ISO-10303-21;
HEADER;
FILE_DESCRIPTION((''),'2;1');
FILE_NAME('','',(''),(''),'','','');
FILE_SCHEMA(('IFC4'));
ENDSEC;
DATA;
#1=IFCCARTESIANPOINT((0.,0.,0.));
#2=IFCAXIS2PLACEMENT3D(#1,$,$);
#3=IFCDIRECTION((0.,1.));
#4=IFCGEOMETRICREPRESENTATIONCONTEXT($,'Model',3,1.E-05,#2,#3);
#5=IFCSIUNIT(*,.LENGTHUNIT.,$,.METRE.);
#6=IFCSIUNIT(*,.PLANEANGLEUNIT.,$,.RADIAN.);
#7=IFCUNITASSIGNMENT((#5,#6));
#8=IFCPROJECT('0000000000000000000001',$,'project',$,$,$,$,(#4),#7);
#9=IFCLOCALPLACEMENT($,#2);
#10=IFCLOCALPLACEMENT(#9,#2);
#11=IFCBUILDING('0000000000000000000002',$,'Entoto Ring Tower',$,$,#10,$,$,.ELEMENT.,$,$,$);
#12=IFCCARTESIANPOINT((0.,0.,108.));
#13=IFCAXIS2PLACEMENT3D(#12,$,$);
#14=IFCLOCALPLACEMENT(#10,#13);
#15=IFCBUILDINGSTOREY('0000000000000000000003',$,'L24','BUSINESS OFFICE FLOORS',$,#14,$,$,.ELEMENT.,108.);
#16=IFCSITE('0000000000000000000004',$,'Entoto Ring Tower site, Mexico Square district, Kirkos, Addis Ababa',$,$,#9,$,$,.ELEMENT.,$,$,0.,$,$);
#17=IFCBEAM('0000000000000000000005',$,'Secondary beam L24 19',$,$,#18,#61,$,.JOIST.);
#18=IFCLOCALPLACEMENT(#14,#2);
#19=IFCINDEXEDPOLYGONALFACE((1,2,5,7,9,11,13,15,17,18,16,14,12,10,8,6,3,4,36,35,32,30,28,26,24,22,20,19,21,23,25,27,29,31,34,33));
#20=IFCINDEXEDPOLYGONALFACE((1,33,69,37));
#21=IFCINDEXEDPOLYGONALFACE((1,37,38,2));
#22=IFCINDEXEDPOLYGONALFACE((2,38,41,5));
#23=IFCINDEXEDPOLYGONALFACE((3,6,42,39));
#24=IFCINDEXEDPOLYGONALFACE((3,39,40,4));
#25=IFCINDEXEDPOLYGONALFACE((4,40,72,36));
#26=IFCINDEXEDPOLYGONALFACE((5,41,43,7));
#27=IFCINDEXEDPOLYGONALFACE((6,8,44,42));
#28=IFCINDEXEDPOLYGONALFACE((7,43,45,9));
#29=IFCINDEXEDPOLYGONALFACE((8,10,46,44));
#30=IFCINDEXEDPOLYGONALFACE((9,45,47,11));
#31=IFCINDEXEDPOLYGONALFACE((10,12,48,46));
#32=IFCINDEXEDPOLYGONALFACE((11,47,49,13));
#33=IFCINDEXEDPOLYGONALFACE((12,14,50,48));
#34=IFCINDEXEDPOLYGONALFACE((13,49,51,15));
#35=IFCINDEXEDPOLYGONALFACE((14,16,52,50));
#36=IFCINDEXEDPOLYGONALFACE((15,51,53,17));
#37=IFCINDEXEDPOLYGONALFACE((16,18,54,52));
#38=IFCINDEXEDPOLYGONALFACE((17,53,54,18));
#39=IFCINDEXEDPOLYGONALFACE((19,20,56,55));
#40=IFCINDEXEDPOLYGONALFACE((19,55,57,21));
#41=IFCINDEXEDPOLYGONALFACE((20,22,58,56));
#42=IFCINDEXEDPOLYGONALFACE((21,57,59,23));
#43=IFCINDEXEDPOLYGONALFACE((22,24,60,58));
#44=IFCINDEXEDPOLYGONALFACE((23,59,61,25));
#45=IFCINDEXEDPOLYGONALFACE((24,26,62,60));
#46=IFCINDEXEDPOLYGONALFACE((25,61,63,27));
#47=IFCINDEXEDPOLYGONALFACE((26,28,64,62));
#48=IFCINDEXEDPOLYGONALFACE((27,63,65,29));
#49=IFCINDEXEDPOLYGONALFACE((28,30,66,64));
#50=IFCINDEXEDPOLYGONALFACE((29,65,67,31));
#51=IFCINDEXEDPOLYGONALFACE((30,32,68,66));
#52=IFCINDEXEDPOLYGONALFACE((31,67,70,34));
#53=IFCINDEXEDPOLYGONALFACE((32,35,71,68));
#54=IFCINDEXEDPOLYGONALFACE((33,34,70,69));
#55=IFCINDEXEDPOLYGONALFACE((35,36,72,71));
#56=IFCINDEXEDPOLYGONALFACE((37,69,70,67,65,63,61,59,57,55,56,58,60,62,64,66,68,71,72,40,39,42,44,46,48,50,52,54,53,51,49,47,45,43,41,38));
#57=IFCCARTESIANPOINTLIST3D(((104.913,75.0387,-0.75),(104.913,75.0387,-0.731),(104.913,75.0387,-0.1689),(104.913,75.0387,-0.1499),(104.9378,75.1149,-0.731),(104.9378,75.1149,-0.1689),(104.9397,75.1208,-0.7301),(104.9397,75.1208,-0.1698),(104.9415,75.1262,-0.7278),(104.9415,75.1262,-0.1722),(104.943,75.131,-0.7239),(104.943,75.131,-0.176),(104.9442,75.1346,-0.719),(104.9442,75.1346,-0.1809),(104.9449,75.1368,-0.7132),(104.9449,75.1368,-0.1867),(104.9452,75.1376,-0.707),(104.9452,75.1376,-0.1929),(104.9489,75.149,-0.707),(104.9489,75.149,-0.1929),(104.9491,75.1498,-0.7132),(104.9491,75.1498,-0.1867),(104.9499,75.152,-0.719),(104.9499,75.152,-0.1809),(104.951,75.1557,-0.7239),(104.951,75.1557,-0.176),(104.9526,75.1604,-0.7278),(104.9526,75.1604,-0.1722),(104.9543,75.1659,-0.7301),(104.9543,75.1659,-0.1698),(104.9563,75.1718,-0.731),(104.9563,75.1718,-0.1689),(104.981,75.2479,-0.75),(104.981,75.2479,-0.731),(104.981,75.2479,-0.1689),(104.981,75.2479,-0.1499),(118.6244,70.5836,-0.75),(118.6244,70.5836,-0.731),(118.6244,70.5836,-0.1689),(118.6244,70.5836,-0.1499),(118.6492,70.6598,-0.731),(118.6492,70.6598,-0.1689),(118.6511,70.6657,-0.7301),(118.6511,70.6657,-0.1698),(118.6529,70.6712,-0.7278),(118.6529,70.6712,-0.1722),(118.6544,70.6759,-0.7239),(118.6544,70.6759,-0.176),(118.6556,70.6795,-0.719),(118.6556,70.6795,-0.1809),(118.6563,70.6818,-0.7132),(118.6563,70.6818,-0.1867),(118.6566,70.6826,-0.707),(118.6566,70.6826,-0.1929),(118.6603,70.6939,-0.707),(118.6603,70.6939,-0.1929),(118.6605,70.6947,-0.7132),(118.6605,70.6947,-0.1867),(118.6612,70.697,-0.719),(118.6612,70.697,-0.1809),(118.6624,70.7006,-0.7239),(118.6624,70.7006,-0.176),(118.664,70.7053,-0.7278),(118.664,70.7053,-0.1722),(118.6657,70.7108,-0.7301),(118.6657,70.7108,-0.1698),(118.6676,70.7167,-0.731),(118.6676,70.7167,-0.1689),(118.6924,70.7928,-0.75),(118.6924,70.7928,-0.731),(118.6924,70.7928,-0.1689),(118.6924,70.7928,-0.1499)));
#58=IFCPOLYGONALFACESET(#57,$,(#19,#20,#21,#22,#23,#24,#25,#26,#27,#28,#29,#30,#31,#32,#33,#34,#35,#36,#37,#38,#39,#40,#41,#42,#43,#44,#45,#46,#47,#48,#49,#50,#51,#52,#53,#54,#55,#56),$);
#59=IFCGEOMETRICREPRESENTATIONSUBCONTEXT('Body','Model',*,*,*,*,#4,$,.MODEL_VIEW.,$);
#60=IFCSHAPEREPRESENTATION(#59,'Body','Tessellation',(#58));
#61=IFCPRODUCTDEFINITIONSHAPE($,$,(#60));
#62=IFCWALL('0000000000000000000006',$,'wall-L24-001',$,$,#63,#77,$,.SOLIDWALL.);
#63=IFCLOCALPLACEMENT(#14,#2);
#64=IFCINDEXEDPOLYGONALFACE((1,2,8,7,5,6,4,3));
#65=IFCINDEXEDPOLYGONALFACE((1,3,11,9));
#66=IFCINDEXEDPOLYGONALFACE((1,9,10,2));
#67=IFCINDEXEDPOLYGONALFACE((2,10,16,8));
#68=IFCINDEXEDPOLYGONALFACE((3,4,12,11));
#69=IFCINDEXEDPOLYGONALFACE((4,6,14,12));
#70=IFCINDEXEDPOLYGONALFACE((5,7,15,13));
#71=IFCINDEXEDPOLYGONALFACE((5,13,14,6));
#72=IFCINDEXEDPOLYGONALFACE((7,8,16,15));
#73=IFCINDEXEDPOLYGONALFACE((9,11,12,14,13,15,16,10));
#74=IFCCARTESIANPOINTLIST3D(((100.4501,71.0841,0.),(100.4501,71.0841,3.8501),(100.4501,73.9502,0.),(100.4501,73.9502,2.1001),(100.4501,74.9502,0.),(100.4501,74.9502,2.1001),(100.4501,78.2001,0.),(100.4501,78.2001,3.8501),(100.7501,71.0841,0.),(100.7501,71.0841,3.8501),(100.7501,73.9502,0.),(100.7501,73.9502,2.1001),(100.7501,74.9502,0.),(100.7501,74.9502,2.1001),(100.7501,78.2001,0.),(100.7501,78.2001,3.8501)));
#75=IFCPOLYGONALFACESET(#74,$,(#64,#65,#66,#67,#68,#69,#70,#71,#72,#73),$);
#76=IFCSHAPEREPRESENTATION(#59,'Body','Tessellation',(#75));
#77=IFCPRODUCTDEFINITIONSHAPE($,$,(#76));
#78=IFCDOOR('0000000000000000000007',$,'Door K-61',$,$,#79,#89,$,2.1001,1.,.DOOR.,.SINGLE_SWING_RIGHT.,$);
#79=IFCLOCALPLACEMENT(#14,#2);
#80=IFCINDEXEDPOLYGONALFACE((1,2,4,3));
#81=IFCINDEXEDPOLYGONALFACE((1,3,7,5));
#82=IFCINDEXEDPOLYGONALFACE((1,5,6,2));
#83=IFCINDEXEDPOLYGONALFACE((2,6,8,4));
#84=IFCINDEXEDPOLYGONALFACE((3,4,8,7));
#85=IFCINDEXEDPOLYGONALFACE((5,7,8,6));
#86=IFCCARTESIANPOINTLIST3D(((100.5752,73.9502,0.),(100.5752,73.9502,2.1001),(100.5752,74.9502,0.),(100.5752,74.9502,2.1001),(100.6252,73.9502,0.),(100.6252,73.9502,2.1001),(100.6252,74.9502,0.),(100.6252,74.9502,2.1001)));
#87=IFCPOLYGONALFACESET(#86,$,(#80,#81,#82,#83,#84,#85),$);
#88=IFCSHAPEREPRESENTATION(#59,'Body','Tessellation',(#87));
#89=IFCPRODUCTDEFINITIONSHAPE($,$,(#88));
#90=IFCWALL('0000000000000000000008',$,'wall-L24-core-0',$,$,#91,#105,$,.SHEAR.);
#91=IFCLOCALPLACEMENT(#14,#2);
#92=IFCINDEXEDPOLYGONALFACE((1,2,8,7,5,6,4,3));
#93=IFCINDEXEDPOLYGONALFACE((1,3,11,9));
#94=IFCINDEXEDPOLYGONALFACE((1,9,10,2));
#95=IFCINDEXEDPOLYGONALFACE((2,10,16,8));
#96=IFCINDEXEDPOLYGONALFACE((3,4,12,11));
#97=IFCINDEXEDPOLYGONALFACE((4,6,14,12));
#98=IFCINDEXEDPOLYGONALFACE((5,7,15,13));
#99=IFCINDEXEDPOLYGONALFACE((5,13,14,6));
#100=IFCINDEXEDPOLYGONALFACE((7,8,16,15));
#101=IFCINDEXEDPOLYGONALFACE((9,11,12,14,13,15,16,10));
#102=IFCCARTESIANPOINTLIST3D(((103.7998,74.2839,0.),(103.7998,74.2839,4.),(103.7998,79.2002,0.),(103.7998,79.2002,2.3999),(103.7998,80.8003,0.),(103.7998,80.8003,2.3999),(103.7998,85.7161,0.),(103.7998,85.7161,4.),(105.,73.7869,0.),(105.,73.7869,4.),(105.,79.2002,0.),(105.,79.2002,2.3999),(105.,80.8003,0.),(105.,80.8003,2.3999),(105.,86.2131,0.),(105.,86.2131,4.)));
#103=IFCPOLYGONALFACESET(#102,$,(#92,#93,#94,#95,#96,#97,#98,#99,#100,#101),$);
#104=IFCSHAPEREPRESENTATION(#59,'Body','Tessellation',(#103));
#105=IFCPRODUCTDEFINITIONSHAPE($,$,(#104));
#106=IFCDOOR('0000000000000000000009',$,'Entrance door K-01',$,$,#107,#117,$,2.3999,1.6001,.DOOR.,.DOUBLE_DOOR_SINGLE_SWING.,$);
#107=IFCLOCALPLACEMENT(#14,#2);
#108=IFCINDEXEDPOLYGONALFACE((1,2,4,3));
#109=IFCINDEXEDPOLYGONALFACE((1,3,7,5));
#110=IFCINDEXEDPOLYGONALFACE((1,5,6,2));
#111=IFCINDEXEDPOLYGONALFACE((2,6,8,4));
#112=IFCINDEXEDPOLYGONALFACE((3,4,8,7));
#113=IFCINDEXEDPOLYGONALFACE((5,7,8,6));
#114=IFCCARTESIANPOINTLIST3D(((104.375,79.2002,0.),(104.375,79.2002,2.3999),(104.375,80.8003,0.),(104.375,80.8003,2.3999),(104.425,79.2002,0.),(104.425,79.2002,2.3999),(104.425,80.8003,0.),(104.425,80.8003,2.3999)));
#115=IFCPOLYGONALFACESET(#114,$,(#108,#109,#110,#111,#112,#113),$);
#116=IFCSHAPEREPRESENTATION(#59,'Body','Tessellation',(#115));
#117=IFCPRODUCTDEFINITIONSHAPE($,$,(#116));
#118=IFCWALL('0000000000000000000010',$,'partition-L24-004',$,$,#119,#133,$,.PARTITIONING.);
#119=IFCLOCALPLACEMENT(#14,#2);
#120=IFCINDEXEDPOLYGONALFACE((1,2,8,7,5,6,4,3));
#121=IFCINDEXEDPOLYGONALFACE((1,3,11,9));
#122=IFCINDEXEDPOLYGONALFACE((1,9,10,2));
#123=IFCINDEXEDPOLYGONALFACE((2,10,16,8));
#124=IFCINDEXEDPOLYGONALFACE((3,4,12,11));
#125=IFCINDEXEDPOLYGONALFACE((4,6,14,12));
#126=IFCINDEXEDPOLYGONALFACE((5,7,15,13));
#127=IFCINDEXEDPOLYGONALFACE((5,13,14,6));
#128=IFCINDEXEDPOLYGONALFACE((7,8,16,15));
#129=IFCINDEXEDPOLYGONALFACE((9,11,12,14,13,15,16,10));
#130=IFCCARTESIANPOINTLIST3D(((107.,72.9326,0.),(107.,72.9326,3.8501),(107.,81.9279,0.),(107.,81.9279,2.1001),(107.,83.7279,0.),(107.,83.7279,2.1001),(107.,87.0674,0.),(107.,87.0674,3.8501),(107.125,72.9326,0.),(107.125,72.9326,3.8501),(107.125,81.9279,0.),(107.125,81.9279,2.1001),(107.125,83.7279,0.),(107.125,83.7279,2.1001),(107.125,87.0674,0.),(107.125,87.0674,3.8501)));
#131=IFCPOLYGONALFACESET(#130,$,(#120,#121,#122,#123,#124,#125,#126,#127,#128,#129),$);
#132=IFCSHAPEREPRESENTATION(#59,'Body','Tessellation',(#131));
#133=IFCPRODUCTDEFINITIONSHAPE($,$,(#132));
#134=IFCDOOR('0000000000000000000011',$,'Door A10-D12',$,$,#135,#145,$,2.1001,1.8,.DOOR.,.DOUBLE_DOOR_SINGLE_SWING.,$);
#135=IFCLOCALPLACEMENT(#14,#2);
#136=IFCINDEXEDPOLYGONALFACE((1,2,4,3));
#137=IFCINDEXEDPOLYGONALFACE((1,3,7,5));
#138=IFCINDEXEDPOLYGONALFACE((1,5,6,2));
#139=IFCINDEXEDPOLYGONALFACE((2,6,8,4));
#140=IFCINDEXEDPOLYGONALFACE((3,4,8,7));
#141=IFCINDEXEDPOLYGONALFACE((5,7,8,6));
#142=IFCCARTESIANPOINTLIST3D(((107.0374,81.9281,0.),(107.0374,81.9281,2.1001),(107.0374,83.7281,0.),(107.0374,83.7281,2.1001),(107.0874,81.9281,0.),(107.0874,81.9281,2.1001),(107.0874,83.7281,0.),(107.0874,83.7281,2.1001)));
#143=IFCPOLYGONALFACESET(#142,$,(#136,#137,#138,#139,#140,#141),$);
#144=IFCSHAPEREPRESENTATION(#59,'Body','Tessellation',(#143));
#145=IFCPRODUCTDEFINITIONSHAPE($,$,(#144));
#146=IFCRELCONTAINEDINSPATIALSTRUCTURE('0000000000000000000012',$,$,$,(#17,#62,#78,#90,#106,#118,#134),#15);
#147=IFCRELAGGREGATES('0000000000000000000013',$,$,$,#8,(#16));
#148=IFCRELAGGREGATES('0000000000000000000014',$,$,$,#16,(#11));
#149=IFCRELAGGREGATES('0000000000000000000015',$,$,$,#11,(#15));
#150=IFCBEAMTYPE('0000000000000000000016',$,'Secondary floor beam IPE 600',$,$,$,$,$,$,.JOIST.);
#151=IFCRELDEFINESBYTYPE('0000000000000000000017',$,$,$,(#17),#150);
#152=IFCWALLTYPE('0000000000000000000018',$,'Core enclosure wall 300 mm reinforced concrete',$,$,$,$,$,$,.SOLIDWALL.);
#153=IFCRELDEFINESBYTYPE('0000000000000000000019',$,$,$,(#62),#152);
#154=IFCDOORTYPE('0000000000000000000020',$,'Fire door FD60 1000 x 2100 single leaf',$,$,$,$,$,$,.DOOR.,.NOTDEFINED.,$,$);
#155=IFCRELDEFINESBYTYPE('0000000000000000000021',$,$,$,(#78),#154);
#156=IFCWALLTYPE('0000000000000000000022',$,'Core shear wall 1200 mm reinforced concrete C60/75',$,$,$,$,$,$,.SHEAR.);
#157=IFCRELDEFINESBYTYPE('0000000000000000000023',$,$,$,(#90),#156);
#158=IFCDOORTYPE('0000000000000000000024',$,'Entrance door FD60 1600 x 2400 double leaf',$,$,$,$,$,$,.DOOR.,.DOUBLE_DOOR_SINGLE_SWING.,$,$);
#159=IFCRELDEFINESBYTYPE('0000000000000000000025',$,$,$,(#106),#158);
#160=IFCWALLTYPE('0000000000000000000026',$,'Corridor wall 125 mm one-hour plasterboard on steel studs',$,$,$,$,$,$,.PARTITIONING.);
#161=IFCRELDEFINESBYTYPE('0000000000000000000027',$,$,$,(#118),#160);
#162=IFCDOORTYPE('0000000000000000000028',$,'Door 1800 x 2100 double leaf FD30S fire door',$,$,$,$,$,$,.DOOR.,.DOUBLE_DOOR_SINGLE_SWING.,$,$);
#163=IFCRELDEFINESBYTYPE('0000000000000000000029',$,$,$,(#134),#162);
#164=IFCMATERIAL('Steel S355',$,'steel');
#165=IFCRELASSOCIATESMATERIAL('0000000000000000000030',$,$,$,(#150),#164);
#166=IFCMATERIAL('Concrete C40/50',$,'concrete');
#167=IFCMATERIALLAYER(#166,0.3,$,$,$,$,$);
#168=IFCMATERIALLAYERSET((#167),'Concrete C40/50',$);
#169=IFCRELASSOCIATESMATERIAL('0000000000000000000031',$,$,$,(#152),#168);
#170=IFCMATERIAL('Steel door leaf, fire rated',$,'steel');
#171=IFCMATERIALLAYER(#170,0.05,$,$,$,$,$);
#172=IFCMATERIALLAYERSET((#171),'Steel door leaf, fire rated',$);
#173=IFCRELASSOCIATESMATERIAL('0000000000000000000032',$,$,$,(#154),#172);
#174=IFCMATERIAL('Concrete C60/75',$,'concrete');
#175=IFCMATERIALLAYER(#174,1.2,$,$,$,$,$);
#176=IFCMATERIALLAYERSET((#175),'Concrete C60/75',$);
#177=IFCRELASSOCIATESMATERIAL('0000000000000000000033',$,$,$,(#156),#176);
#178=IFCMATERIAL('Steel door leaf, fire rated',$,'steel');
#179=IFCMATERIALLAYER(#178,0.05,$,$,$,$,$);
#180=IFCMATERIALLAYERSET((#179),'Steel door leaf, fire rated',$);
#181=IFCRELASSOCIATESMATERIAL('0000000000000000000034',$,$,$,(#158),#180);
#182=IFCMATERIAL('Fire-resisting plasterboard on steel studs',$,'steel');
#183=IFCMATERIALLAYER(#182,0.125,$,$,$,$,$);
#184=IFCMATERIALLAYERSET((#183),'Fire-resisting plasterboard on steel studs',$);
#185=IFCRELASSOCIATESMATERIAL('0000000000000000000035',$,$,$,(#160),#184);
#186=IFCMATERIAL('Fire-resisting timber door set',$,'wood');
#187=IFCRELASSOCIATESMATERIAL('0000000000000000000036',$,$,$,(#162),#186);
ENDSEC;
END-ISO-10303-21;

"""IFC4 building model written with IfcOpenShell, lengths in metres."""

from ifc_helpers import new_model, si_unit, direction, frame, frame_2d, origin, origin_2d, place, context, subcontext, project, spatial, polyline, rectangle, i_section, outline, extrude, material, layer, layer_set, material_profile, profile_set, type_object, element, fill, save


model = new_model("IFC4")

# Units and contexts
model_context = context("Model", 3, precision=1e-05, world=origin(), true_north=direction((0.0, 1.0)))
body_context = subcontext(model_context, "Body", "Model", "MODEL_VIEW")
ifc_project = project(units=[si_unit("LENGTHUNIT", "METRE"), si_unit("PLANEANGLEUNIT", "RADIAN")], contexts=[model_context])

# Site, building, storey
site_placement = place(None, origin())
site = spatial("IfcSite", under=ifc_project, at=site_placement, Name="Entoto Ring Tower site, Mexico Square district, Kirkos, Addis Ababa", CompositionType="ELEMENT", RefElevation=0.0)
building_placement = place(site_placement, origin())
building = spatial("IfcBuilding", under=site, at=building_placement, Name="Entoto Ring Tower", CompositionType="ELEMENT")
storey_placement = place(building_placement, frame((0.0, 0.0, 108.0)))
storey = spatial("IfcBuildingStorey", under=building, at=storey_placement, Name="L24", Description="BUSINESS OFFICE FLOORS", CompositionType="ELEMENT", Elevation=108.0)

# Beam
ifc_material_1 = material(Name="Steel S355", Category="steel")
ifc_material_profile_1 = material_profile(ifc_material_1, i_section(OverallWidth=0.22, OverallDepth=0.6001, WebThickness=0.012, FlangeThickness=0.019, FilletRadius=0.0239, at=origin_2d()), Name="IPE 600")
ifc_profile_set_1 = profile_set([ifc_material_profile_1], Name="Steel S355")
beam_type_1 = type_object("IfcBeamType", Name="Secondary floor beam IPE 600", PredefinedType="JOIST", material=ifc_profile_set_1)
beam_1_placement = place(storey_placement, frame((104.947, 75.1433, -0.45), z_axis=(0.951057, -0.309015, 0.0), x_axis=(0.309015, 0.951057, 0.0)))
element("IfcBeam", 1, at=beam_1_placement, inside=storey, type_object=beam_type_1, Name="Secondary beam L24 19", PredefinedType="JOIST", context=body_context, shape_type="SweptSolid", body=[
    extrude(i_section(OverallWidth=0.22, OverallDepth=0.6001, WebThickness=0.012, FlangeThickness=0.019, FilletRadius=0.0239, at=origin_2d()), origin(), (0.0, 0.0, 1.0), 14.417),
])

# Walls, openings, doors
ifc_material_2 = material(Name="Concrete C40/50", Category="concrete")
ifc_layer_1 = layer(ifc_material_2, 0.3)
ifc_layer_set_1 = layer_set([ifc_layer_1], Name="Concrete C40/50")
wall_type_1 = type_object("IfcWallType", Name="Core enclosure wall 300 mm reinforced concrete", PredefinedType="SOLIDWALL", material=ifc_layer_set_1)
wall_1_placement = place(storey_placement, frame((100.6001, 71.084, 0.0), z_axis=(0.0, 0.0, 1.0), x_axis=(0.0, 1.0, 0.0)))
wall_1 = element("IfcWall", 2, at=wall_1_placement, inside=storey, type_object=wall_type_1, Name="wall-L24-001", PredefinedType="SOLIDWALL", context=body_context, shape_type="SweptSolid", body=[
    extrude(rectangle(XDim=7.116, YDim=0.3, at=frame_2d((3.5581, 0.0))), origin(), (0.0, 0.0, 1.0), 3.8501),
])
opening_1_placement = place(wall_1_placement, frame((2.8662, 0.0, 0.0)))
opening_1 = element("IfcOpeningElement", 3, at=opening_1_placement, cuts=wall_1, PredefinedType="OPENING", context=body_context, shape_type="SweptSolid", body=[
    extrude(rectangle(XDim=1.0, YDim=2.1001, at=frame_2d((0.5, 1.05))), frame((0.0, 0.1602, 0.0), z_axis=(0.0, -1.0, 0.0), x_axis=(1.0, 0.0, 0.0)), (0.0, 0.0, 1.0), 0.3201),
])
ifc_material_3 = material(Name="Steel door leaf, fire rated", Category="steel")
ifc_layer_2 = layer(ifc_material_3, 0.05)
ifc_layer_set_2 = layer_set([ifc_layer_2], Name="Steel door leaf, fire rated")
door_type_1 = type_object("IfcDoorType", Name="Fire door FD60 1000 x 2100 single leaf", OperationType="NOTDEFINED", PredefinedType="DOOR", material=ifc_layer_set_2)
door_1_placement = place(opening_1_placement, origin())
door_1 = element("IfcDoor", 4, at=door_1_placement, inside=storey, type_object=door_type_1, Name="Door K-61", OperationType="SINGLE_SWING_RIGHT", OverallHeight=2.1001, OverallWidth=1.0, PredefinedType="DOOR", context=body_context, shape_type="SweptSolid", body=[
    extrude(rectangle(XDim=1.0, YDim=2.1001, at=frame_2d((0.5, 1.05))), frame((0.0, 0.0249, 0.0), z_axis=(0.0, -1.0, 0.0), x_axis=(1.0, 0.0, 0.0)), (0.0, 0.0, 1.0), 0.05),
])
fill(opening_1, door_1)
ifc_material_4 = material(Name="Concrete C60/75", Category="concrete")
ifc_layer_3 = layer(ifc_material_4, 1.2)
ifc_layer_set_3 = layer_set([ifc_layer_3], Name="Concrete C60/75")
wall_type_2 = type_object("IfcWallType", Name="Core shear wall 1200 mm reinforced concrete C60/75", PredefinedType="SHEAR", material=ifc_layer_set_3)
wall_2_placement = place(storey_placement, frame((104.3999, 74.0354, 0.0), z_axis=(0.0, 0.0, 1.0), x_axis=(0.0, 1.0, 0.0)))
wall_2 = element("IfcWall", 5, at=wall_2_placement, inside=storey, type_object=wall_type_2, Name="wall-L24-core-0", PredefinedType="SHEAR", context=body_context, shape_type="SweptSolid", body=[
    extrude(outline(polyline([(-0.2485, -0.6001), (12.1777, -0.6001), (11.6807, 0.6001), (0.2485, 0.6001), (-0.2485, -0.6001)])), origin(), (0.0, 0.0, 1.0), 4.0),
])
opening_2_placement = place(wall_2_placement, frame((5.1648, 0.0, 0.0)))
opening_2 = element("IfcOpeningElement", 6, at=opening_2_placement, cuts=wall_2, PredefinedType="OPENING", context=body_context, shape_type="SweptSolid", body=[
    extrude(rectangle(XDim=1.6001, YDim=2.3999, at=frame_2d((0.8, 1.2))), frame((0.0, 0.6099, 0.0), z_axis=(0.0, -1.0, 0.0), x_axis=(1.0, 0.0, 0.0)), (0.0, 0.0, 1.0), 1.22),
])
ifc_material_5 = material(Name="Steel door leaf, fire rated", Category="steel")
ifc_layer_4 = layer(ifc_material_5, 0.05)
ifc_layer_set_4 = layer_set([ifc_layer_4], Name="Steel door leaf, fire rated")
door_type_2 = type_object("IfcDoorType", Name="Entrance door FD60 1600 x 2400 double leaf", OperationType="DOUBLE_DOOR_SINGLE_SWING", PredefinedType="DOOR", material=ifc_layer_set_4)
door_2_placement = place(opening_2_placement, origin())
door_2 = element("IfcDoor", 7, at=door_2_placement, inside=storey, type_object=door_type_2, Name="Entrance door K-01", OperationType="DOUBLE_DOOR_SINGLE_SWING", OverallHeight=2.3999, OverallWidth=1.6001, PredefinedType="DOOR", context=body_context, shape_type="SweptSolid", body=[
    extrude(rectangle(XDim=1.6001, YDim=2.3999, at=frame_2d((0.8, 1.2))), frame((0.0, 0.0249, 0.0), z_axis=(0.0, -1.0, 0.0), x_axis=(1.0, 0.0, 0.0)), (0.0, 0.0, 1.0), 0.05),
])
fill(opening_2, door_2)
ifc_material_6 = material(Name="Fire-resisting plasterboard on steel studs", Category="steel")
ifc_layer_5 = layer(ifc_material_6, 0.125)
ifc_layer_set_5 = layer_set([ifc_layer_5], Name="Fire-resisting plasterboard on steel studs")
wall_type_3 = type_object("IfcWallType", Name="Corridor wall 125 mm one-hour plasterboard on steel studs", PredefinedType="PARTITIONING", material=ifc_layer_set_5)
wall_3_placement = place(storey_placement, frame((107.0625, 72.9326, 0.0), z_axis=(0.0, 0.0, 1.0), x_axis=(0.0, 1.0, 0.0)))
wall_3 = element("IfcWall", 8, at=wall_3_placement, inside=storey, type_object=wall_type_3, Name="partition-L24-004", PredefinedType="PARTITIONING", context=body_context, shape_type="SweptSolid", body=[
    extrude(rectangle(XDim=14.1348, YDim=0.125, at=frame_2d((7.0674, 0.0))), origin(), (0.0, 0.0, 1.0), 3.8501),
])
opening_3_placement = place(wall_3_placement, frame((8.9954, 0.0, 0.0)))
opening_3 = element("IfcOpeningElement", 9, at=opening_3_placement, cuts=wall_3, PredefinedType="OPENING", context=body_context, shape_type="SweptSolid", body=[
    extrude(rectangle(XDim=1.8, YDim=2.1001, at=frame_2d((0.8999, 1.05))), frame((0.0, 0.0725, 0.0), z_axis=(0.0, -1.0, 0.0), x_axis=(1.0, 0.0, 0.0)), (0.0, 0.0, 1.0), 0.145),
])
ifc_material_7 = material(Name="Fire-resisting timber door set", Category="wood")
door_type_3 = type_object("IfcDoorType", Name="Door 1800 x 2100 double leaf FD30S fire door", OperationType="DOUBLE_DOOR_SINGLE_SWING", PredefinedType="DOOR", material=ifc_material_7)
door_3_placement = place(opening_3_placement, frame((1.8, 0.0, 0.0), z_axis=(0.0, 0.0, 1.0), x_axis=(-1.0, 0.0, 0.0)))
door_3 = element("IfcDoor", 10, at=door_3_placement, inside=storey, type_object=door_type_3, Name="Door A10-D12", OperationType="DOUBLE_DOOR_SINGLE_SWING", OverallHeight=2.1001, OverallWidth=1.8, PredefinedType="DOOR", context=body_context, shape_type="SweptSolid", body=[
    extrude(rectangle(XDim=1.8, YDim=2.1001, at=frame_2d((0.8999, 1.05))), frame((0.0, 0.0249, 0.0), z_axis=(0.0, -1.0, 0.0), x_axis=(1.0, 0.0, 0.0)), (0.0, 0.0, 1.0), 0.05),
])
fill(opening_3, door_3)

save(model, "model.ifc")
